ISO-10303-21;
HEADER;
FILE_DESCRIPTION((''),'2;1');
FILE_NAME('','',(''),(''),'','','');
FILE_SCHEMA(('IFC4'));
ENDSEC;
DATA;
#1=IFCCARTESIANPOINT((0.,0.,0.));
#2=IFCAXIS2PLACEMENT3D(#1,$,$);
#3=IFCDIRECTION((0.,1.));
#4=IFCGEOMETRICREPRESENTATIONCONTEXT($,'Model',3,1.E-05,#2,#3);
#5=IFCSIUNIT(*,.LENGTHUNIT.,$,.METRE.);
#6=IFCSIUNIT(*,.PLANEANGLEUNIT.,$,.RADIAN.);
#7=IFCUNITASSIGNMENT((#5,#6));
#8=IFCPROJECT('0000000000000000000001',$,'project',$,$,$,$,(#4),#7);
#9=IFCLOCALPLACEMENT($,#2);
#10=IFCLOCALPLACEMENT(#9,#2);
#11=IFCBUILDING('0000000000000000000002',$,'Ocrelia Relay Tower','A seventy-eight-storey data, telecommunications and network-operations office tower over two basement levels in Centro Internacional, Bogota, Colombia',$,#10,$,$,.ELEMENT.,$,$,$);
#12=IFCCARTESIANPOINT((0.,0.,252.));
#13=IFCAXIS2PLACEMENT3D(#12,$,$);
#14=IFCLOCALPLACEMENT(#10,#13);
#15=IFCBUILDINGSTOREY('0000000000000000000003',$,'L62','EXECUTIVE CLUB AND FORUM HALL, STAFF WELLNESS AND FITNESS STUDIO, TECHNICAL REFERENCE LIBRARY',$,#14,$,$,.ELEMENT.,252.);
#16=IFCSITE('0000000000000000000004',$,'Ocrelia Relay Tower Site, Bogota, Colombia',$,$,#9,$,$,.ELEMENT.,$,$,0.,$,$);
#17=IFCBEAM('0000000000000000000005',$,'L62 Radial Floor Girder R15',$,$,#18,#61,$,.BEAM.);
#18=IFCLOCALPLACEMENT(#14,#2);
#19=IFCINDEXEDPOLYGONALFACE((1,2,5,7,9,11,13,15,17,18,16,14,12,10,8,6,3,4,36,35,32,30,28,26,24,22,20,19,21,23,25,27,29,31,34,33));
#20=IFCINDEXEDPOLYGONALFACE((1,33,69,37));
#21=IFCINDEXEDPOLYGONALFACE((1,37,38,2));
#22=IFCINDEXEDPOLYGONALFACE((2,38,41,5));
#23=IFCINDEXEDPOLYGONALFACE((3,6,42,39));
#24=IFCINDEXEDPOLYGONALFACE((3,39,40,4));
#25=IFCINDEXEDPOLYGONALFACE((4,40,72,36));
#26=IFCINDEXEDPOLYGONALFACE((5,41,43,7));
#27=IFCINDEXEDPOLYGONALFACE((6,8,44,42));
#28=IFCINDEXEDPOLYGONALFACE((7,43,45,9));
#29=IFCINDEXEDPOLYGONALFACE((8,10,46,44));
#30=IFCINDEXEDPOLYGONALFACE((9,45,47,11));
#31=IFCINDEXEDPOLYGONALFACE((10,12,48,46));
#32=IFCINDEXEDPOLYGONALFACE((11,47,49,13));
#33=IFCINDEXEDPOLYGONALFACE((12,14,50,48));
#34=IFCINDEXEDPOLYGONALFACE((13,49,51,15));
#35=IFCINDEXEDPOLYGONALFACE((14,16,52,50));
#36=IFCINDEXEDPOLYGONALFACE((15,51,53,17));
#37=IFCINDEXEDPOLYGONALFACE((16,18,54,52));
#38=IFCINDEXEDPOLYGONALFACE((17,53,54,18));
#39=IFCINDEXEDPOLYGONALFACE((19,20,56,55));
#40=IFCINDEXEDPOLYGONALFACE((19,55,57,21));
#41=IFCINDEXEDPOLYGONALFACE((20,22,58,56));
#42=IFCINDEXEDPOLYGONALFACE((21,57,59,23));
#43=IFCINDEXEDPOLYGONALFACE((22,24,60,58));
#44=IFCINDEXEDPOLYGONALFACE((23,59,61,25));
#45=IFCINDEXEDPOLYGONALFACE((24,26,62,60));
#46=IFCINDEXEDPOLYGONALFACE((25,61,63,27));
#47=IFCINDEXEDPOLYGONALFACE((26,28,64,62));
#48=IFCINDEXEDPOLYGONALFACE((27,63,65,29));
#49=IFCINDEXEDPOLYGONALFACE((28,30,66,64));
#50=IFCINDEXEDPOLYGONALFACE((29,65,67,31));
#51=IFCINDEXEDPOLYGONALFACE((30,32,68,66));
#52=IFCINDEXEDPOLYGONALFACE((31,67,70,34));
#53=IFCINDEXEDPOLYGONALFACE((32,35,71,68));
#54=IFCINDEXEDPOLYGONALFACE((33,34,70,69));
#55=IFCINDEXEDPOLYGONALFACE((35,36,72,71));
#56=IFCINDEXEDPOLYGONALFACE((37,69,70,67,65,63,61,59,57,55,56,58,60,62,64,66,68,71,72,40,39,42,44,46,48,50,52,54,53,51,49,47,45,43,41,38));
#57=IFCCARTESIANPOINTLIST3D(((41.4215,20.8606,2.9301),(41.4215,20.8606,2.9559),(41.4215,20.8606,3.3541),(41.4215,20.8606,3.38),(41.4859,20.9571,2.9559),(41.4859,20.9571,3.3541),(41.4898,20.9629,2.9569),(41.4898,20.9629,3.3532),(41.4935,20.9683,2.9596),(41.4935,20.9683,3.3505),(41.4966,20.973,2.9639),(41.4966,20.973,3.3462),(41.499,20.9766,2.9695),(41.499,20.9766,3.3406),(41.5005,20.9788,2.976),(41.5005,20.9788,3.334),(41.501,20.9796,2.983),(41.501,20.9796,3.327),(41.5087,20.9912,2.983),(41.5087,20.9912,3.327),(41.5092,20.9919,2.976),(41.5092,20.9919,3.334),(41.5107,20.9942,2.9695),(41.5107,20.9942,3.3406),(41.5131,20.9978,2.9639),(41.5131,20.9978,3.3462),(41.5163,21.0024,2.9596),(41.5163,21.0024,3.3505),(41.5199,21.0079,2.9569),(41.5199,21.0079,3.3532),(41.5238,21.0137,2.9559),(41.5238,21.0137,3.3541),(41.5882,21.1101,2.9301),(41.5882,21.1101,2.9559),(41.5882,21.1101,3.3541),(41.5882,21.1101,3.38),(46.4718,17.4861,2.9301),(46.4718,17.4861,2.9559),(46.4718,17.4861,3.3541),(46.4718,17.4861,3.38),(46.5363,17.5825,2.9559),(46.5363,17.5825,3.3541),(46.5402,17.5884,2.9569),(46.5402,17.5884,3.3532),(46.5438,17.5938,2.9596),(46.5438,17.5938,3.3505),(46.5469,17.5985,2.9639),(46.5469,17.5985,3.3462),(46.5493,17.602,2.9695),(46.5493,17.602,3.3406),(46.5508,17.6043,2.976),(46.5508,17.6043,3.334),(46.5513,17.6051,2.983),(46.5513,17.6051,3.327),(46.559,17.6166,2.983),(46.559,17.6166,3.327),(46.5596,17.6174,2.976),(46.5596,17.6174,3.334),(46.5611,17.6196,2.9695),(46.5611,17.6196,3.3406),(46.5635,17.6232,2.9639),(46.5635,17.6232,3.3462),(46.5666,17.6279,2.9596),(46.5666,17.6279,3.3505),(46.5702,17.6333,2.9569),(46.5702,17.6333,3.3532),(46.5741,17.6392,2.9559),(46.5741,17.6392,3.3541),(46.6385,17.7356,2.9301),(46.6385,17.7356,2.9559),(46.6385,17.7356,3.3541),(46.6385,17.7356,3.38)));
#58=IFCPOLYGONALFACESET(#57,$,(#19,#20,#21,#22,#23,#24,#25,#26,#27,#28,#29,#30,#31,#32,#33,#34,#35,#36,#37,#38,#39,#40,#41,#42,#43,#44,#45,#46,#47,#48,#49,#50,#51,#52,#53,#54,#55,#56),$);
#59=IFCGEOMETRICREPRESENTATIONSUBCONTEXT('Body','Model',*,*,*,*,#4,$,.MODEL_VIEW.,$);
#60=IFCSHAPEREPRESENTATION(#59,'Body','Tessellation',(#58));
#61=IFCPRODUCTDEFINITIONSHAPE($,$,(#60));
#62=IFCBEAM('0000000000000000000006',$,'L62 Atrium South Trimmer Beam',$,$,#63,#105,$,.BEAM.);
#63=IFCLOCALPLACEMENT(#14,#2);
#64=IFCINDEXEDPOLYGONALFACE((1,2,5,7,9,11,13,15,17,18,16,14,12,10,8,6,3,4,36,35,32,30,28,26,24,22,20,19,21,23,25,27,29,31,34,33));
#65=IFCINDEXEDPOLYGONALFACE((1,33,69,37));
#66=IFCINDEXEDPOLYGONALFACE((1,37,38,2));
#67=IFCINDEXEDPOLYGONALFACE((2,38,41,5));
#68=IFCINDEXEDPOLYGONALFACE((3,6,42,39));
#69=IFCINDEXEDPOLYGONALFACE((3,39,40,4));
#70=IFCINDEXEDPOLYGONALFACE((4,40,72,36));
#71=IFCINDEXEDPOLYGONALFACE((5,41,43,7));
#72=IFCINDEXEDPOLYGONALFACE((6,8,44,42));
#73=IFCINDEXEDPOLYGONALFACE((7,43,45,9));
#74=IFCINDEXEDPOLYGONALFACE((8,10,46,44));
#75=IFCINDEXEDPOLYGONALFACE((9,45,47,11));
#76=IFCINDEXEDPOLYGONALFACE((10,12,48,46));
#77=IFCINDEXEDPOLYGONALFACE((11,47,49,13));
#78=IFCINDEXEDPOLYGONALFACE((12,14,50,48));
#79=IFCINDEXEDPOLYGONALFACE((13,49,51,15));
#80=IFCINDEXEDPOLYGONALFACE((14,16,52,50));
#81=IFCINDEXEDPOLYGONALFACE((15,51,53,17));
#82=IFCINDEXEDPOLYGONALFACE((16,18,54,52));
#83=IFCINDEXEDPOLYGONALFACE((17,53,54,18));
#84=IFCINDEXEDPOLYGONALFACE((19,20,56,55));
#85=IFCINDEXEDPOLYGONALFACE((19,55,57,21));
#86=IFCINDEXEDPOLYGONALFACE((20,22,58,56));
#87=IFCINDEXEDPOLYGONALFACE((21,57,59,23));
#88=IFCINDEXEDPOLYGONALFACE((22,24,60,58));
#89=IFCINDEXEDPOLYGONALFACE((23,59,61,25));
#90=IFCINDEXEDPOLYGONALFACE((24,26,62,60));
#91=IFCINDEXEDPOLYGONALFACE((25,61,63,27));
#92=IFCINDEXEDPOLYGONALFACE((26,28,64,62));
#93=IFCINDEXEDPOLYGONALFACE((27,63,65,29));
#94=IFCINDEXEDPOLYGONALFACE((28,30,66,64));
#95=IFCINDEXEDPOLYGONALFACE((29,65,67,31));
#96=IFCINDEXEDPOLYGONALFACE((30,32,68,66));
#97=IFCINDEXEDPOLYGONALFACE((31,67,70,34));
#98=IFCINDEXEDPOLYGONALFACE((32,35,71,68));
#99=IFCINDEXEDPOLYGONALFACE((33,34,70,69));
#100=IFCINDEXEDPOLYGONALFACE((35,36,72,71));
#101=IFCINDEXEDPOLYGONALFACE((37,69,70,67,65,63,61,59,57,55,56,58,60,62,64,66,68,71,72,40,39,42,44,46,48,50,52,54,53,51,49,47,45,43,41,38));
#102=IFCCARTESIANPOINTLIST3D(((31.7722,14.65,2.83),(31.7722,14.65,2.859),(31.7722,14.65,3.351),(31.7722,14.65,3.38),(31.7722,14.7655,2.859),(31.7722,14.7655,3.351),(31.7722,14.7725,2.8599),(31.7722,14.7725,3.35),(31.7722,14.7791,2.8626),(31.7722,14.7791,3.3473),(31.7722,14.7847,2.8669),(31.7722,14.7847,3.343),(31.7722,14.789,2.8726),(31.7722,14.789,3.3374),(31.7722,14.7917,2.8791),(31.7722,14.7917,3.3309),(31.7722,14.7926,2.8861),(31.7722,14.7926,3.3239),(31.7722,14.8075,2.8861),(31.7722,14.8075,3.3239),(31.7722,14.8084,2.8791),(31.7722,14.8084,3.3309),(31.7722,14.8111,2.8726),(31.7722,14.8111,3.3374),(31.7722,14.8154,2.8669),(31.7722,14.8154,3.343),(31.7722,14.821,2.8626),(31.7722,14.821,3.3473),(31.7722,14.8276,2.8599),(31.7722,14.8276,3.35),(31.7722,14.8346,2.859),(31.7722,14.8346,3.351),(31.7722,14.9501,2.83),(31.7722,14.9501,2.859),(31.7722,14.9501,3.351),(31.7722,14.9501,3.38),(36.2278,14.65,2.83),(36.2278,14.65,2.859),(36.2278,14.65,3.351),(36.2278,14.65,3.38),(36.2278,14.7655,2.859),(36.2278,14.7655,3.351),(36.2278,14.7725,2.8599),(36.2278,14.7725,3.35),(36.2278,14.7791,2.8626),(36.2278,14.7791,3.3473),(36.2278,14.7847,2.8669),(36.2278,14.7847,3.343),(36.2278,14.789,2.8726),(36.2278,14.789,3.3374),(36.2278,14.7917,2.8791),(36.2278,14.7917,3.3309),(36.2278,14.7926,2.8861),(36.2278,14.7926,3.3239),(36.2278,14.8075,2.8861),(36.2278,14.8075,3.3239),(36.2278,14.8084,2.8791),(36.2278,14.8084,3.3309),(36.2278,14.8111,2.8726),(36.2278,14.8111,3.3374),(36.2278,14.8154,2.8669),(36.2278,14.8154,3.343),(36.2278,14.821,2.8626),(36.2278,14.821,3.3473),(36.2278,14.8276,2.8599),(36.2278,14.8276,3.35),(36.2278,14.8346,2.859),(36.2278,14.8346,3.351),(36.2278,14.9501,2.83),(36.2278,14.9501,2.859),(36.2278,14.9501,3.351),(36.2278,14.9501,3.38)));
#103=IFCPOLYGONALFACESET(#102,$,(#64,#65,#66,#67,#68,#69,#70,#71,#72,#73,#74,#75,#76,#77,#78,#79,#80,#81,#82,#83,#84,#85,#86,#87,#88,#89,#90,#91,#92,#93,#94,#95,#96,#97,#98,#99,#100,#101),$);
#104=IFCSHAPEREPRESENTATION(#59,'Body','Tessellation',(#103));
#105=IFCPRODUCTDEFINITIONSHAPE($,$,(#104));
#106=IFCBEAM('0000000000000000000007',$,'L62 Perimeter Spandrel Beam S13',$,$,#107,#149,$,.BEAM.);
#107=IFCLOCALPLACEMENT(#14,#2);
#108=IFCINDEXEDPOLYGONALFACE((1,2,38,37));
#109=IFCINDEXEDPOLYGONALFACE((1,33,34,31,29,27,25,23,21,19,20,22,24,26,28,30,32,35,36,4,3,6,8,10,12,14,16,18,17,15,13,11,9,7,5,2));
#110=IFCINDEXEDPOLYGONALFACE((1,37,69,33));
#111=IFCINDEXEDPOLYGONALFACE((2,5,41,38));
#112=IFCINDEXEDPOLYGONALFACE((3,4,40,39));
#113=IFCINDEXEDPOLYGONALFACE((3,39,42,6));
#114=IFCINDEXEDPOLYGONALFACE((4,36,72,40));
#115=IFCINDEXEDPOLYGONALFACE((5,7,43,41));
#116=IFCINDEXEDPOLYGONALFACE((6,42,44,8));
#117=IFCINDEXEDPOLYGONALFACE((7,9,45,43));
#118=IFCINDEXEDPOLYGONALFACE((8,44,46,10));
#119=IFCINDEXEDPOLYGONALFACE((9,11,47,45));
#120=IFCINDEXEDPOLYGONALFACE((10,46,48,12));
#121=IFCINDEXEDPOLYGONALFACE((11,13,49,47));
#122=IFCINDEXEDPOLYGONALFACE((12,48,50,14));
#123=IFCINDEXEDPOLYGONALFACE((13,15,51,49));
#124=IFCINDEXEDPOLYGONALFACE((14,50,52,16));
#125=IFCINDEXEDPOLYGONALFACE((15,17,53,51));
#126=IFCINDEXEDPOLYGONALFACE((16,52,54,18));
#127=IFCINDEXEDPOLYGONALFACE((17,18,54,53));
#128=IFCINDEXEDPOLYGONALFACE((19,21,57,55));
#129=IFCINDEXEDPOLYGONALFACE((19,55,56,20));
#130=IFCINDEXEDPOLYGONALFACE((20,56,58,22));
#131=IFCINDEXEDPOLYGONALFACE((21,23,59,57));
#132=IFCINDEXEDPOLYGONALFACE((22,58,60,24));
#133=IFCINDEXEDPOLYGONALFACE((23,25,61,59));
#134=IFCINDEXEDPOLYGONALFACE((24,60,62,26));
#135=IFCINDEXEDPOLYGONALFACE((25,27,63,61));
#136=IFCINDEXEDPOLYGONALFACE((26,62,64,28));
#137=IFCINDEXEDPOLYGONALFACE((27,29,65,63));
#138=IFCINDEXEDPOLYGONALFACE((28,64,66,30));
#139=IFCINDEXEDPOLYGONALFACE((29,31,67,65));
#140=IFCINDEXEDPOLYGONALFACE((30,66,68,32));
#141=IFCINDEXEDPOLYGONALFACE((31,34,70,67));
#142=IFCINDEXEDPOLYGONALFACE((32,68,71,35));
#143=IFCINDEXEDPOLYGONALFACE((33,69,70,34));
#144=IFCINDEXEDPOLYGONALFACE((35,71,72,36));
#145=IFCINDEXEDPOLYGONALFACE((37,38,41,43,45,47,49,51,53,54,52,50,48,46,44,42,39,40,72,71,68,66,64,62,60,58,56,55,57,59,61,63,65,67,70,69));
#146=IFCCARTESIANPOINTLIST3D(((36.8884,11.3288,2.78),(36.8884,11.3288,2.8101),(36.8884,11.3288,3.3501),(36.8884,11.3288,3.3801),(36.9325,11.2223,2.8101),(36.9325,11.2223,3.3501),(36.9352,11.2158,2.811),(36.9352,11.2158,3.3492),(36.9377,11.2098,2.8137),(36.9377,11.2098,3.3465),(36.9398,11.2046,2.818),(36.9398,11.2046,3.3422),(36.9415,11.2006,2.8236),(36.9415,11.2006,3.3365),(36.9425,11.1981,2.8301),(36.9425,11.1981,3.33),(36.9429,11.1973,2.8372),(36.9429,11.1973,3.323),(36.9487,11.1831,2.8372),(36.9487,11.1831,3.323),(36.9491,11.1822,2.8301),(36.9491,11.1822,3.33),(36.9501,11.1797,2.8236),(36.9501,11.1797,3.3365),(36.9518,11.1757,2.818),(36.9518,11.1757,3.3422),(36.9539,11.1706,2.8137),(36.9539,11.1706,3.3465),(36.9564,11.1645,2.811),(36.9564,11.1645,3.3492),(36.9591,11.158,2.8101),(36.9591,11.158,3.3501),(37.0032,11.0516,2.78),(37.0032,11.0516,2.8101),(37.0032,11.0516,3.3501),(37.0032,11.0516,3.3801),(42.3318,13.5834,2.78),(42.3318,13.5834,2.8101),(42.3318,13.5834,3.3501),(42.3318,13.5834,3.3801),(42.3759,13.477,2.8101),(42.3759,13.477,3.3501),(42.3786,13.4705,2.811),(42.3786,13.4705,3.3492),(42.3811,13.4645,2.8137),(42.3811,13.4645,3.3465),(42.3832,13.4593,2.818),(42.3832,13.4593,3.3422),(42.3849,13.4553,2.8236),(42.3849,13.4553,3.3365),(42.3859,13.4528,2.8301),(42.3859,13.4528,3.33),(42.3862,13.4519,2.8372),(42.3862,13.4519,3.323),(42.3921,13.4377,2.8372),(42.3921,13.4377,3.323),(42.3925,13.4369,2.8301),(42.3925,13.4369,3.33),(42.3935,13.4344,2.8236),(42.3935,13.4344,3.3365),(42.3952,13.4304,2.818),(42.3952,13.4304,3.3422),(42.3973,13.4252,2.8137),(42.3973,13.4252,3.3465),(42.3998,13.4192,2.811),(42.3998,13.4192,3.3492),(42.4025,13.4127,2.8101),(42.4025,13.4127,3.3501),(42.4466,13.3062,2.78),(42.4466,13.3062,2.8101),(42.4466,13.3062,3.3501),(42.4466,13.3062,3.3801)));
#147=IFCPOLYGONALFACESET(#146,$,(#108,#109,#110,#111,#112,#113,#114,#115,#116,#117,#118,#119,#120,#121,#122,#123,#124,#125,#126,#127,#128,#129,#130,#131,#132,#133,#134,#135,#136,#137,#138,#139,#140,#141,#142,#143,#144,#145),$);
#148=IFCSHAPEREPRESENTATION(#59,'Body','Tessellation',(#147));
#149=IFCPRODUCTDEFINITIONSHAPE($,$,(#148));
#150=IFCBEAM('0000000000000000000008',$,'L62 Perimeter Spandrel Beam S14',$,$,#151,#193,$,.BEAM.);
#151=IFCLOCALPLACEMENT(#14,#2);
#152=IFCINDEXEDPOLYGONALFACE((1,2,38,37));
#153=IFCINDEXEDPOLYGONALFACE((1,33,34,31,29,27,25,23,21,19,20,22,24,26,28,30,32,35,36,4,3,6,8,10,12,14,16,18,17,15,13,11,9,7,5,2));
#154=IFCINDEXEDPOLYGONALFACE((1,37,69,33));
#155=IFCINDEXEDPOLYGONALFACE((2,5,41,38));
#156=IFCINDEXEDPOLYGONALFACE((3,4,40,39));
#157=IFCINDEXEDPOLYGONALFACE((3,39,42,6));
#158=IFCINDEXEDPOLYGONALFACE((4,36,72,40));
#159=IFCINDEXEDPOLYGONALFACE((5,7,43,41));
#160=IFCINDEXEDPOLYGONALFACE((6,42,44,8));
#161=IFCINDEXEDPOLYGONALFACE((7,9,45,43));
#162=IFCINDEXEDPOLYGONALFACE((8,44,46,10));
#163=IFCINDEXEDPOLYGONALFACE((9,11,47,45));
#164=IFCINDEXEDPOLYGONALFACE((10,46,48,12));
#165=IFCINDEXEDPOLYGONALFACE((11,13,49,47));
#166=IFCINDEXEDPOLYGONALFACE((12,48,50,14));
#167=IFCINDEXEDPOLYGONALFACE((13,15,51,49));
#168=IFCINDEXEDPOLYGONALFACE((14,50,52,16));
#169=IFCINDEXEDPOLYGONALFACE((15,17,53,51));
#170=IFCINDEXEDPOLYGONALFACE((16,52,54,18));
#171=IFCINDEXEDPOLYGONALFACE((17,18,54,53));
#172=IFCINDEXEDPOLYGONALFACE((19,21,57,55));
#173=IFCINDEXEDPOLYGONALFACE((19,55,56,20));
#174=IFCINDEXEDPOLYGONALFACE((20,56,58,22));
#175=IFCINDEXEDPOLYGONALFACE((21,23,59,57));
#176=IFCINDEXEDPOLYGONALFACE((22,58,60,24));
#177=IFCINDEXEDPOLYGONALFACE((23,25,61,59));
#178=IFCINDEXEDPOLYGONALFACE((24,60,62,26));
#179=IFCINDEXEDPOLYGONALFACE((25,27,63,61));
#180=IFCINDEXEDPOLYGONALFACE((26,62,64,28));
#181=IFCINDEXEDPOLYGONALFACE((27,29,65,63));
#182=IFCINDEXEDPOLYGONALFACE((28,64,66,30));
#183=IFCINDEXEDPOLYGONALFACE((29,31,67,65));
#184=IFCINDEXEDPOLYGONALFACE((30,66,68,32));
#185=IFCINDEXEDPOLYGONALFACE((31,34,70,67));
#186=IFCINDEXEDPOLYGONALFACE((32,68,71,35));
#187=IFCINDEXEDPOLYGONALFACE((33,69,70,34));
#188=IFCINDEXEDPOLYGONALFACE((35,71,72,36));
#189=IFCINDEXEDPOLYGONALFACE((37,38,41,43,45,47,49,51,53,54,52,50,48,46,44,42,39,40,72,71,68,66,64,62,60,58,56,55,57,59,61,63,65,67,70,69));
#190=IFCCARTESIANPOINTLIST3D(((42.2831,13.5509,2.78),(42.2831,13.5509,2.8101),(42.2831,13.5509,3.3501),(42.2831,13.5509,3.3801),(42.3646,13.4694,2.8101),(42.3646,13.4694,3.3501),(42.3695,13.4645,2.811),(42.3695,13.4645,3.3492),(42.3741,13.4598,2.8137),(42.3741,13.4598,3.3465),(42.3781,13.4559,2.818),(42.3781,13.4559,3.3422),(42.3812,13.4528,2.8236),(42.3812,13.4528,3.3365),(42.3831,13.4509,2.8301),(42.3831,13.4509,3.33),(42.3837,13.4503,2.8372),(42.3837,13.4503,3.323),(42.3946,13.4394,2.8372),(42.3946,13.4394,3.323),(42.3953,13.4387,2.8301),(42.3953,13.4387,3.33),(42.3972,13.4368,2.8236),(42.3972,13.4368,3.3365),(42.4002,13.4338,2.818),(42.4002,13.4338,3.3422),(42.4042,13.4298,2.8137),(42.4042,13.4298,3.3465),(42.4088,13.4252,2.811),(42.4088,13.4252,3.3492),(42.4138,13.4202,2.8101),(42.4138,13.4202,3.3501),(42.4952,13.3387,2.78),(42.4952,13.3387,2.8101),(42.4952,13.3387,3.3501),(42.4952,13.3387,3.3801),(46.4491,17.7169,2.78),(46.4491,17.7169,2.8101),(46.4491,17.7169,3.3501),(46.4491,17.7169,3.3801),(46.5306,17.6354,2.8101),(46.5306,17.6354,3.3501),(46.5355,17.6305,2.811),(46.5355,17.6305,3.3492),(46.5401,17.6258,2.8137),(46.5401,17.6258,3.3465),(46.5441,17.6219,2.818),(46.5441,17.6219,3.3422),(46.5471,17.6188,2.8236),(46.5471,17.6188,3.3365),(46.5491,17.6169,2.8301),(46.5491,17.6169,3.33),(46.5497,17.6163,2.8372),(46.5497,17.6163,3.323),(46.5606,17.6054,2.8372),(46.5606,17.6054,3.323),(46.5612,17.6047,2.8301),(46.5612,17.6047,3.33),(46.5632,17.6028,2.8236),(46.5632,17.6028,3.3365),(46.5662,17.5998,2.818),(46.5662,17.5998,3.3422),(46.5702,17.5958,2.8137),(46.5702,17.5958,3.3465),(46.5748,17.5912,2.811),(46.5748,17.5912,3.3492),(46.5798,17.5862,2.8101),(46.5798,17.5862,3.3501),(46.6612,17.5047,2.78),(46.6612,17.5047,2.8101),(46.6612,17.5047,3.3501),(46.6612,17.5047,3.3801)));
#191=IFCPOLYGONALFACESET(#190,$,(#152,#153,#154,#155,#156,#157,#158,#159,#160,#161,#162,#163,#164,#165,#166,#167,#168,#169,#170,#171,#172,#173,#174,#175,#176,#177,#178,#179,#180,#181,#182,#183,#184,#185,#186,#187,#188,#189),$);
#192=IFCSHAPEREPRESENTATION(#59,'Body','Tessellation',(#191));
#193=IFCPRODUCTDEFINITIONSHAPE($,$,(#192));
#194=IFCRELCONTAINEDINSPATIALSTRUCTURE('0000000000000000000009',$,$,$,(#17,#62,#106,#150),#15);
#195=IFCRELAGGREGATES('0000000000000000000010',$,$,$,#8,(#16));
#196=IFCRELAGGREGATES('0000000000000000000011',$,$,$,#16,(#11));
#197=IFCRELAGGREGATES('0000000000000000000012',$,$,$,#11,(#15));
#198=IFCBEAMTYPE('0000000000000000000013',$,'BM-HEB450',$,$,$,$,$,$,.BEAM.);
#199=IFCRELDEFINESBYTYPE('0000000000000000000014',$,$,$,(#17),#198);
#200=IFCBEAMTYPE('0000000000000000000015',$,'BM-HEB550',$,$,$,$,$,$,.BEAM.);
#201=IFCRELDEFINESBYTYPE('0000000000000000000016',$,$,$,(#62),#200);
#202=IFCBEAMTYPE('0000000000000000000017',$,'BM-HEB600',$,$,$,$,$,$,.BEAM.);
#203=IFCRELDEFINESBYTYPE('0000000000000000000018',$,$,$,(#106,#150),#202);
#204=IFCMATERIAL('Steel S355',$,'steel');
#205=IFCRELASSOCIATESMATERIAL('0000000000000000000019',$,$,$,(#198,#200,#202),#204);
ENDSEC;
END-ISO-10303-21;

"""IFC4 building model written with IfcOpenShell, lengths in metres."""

from ifc_helpers import new_model, si_unit, direction, frame, origin, origin_2d, place, context, subcontext, project, spatial, i_section, extrude, material, material_profile, profile_set, type_object, element, save


model = new_model("IFC4")

# Units and contexts
model_context = context("Model", 3, precision=1e-05, world=origin(), true_north=direction((0.0, 1.0)))
body_context = subcontext(model_context, "Body", "Model", "MODEL_VIEW")
ifc_project = project(units=[si_unit("LENGTHUNIT", "METRE"), si_unit("PLANEANGLEUNIT", "RADIAN")], contexts=[model_context])

# Site, building, storey
site_placement = place(None, origin())
site = spatial("IfcSite", under=ifc_project, at=site_placement, Name="Ocrelia Relay Tower Site, Bogota, Colombia", CompositionType="ELEMENT", RefElevation=0.0)
building_placement = place(site_placement, origin())
building = spatial("IfcBuilding", under=site, at=building_placement, Name="Ocrelia Relay Tower", Description="A seventy-eight-storey data, telecommunications and network-operations office tower over two basement levels in Centro Internacional, Bogota, Colombia", CompositionType="ELEMENT")
storey_placement = place(building_placement, frame((0.0, 0.0, 252.0)))
storey = spatial("IfcBuildingStorey", under=building, at=storey_placement, Name="L62", Description="EXECUTIVE CLUB AND FORUM HALL, STAFF WELLNESS AND FITNESS STUDIO, TECHNICAL REFERENCE LIBRARY", CompositionType="ELEMENT", Elevation=252.0)

# Beams
ifc_material_1 = material(Name="Steel S355", Category="steel")
ifc_material_profile_1 = material_profile(ifc_material_1, i_section(OverallWidth=0.3, OverallDepth=0.45, WebThickness=0.0139, FlangeThickness=0.0259, FilletRadius=0.0271, at=origin_2d()), Name="HEB 450")
ifc_profile_set_1 = profile_set([ifc_material_profile_1], Name="Steel S355")
beam_type_1 = type_object("IfcBeamType", Name="BM-HEB450", PredefinedType="BEAM", material=ifc_profile_set_1)
beam_1_placement = place(storey_placement, frame((46.5552, 17.6108, 3.155), z_axis=(-0.831469, 0.555572, 0.0), x_axis=(-0.555572, -0.831469, 0.0)))
element("IfcBeam", 1, at=beam_1_placement, inside=storey, type_object=beam_type_1, Name="L62 Radial Floor Girder R15", PredefinedType="BEAM", context=body_context, shape_type="SweptSolid", body=[
    extrude(i_section(OverallWidth=0.3, OverallDepth=0.45, WebThickness=0.0139, FlangeThickness=0.0259, FilletRadius=0.0271, at=origin_2d()), origin(), (0.0, 0.0, 1.0), 6.074),
])
ifc_material_profile_2 = material_profile(ifc_material_1, i_section(OverallWidth=0.3, OverallDepth=0.55, WebThickness=0.0149, FlangeThickness=0.0291, FilletRadius=0.0271, at=origin_2d()), Name="HEB 550")
ifc_profile_set_2 = profile_set([ifc_material_profile_2], Name="Steel S355")
beam_type_2 = type_object("IfcBeamType", Name="BM-HEB550", PredefinedType="BEAM", material=ifc_profile_set_2)
beam_2_placement = place(storey_placement, frame((31.7722, 14.8, 3.105), z_axis=(1.0, 0.0, 0.0), x_axis=(0.0, 1.0, 0.0)))
element("IfcBeam", 2, at=beam_2_placement, inside=storey, type_object=beam_type_2, Name="L62 Atrium South Trimmer Beam", PredefinedType="BEAM", context=body_context, shape_type="SweptSolid", body=[
    extrude(i_section(OverallWidth=0.3, OverallDepth=0.55, WebThickness=0.0149, FlangeThickness=0.0291, FilletRadius=0.0271, at=origin_2d()), origin(), (0.0, 0.0, 1.0), 4.4556),
])
ifc_material_profile_3 = material_profile(ifc_material_1, i_section(OverallWidth=0.3, OverallDepth=0.6001, WebThickness=0.0154, FlangeThickness=0.03, FilletRadius=0.0271, at=origin_2d()), Name="HEB 600")
ifc_profile_set_3 = profile_set([ifc_material_profile_3], Name="Steel S355")
beam_type_3 = type_object("IfcBeamType", Name="BM-HEB600", PredefinedType="BEAM", material=ifc_profile_set_3)
beam_3_placement = place(storey_placement, frame((36.9458, 11.1902, 3.0801), z_axis=(0.923884, 0.382673, 0.0), x_axis=(-0.382673, 0.923884, 0.0)))
element("IfcBeam", 3, at=beam_3_placement, inside=storey, type_object=beam_type_3, Name="L62 Perimeter Spandrel Beam S13", PredefinedType="BEAM", context=body_context, shape_type="SweptSolid", body=[
    extrude(i_section(OverallWidth=0.3, OverallDepth=0.6001, WebThickness=0.0154, FlangeThickness=0.03, FilletRadius=0.0271, at=origin_2d()), origin(), (0.0, 0.0, 1.0), 5.8918),
])
beam_4_placement = place(storey_placement, frame((42.3892, 13.4448, 3.0801), z_axis=(0.707107, 0.707107, 0.0), x_axis=(-0.707107, 0.707107, 0.0)))
element("IfcBeam", 4, at=beam_4_placement, inside=storey, type_object=beam_type_3, Name="L62 Perimeter Spandrel Beam S14", PredefinedType="BEAM", context=body_context, shape_type="SweptSolid", body=[
    extrude(i_section(OverallWidth=0.3, OverallDepth=0.6001, WebThickness=0.0154, FlangeThickness=0.03, FilletRadius=0.0271, at=origin_2d()), origin(), (0.0, 0.0, 1.0), 5.8916),
])

save(model, "model.ifc")
